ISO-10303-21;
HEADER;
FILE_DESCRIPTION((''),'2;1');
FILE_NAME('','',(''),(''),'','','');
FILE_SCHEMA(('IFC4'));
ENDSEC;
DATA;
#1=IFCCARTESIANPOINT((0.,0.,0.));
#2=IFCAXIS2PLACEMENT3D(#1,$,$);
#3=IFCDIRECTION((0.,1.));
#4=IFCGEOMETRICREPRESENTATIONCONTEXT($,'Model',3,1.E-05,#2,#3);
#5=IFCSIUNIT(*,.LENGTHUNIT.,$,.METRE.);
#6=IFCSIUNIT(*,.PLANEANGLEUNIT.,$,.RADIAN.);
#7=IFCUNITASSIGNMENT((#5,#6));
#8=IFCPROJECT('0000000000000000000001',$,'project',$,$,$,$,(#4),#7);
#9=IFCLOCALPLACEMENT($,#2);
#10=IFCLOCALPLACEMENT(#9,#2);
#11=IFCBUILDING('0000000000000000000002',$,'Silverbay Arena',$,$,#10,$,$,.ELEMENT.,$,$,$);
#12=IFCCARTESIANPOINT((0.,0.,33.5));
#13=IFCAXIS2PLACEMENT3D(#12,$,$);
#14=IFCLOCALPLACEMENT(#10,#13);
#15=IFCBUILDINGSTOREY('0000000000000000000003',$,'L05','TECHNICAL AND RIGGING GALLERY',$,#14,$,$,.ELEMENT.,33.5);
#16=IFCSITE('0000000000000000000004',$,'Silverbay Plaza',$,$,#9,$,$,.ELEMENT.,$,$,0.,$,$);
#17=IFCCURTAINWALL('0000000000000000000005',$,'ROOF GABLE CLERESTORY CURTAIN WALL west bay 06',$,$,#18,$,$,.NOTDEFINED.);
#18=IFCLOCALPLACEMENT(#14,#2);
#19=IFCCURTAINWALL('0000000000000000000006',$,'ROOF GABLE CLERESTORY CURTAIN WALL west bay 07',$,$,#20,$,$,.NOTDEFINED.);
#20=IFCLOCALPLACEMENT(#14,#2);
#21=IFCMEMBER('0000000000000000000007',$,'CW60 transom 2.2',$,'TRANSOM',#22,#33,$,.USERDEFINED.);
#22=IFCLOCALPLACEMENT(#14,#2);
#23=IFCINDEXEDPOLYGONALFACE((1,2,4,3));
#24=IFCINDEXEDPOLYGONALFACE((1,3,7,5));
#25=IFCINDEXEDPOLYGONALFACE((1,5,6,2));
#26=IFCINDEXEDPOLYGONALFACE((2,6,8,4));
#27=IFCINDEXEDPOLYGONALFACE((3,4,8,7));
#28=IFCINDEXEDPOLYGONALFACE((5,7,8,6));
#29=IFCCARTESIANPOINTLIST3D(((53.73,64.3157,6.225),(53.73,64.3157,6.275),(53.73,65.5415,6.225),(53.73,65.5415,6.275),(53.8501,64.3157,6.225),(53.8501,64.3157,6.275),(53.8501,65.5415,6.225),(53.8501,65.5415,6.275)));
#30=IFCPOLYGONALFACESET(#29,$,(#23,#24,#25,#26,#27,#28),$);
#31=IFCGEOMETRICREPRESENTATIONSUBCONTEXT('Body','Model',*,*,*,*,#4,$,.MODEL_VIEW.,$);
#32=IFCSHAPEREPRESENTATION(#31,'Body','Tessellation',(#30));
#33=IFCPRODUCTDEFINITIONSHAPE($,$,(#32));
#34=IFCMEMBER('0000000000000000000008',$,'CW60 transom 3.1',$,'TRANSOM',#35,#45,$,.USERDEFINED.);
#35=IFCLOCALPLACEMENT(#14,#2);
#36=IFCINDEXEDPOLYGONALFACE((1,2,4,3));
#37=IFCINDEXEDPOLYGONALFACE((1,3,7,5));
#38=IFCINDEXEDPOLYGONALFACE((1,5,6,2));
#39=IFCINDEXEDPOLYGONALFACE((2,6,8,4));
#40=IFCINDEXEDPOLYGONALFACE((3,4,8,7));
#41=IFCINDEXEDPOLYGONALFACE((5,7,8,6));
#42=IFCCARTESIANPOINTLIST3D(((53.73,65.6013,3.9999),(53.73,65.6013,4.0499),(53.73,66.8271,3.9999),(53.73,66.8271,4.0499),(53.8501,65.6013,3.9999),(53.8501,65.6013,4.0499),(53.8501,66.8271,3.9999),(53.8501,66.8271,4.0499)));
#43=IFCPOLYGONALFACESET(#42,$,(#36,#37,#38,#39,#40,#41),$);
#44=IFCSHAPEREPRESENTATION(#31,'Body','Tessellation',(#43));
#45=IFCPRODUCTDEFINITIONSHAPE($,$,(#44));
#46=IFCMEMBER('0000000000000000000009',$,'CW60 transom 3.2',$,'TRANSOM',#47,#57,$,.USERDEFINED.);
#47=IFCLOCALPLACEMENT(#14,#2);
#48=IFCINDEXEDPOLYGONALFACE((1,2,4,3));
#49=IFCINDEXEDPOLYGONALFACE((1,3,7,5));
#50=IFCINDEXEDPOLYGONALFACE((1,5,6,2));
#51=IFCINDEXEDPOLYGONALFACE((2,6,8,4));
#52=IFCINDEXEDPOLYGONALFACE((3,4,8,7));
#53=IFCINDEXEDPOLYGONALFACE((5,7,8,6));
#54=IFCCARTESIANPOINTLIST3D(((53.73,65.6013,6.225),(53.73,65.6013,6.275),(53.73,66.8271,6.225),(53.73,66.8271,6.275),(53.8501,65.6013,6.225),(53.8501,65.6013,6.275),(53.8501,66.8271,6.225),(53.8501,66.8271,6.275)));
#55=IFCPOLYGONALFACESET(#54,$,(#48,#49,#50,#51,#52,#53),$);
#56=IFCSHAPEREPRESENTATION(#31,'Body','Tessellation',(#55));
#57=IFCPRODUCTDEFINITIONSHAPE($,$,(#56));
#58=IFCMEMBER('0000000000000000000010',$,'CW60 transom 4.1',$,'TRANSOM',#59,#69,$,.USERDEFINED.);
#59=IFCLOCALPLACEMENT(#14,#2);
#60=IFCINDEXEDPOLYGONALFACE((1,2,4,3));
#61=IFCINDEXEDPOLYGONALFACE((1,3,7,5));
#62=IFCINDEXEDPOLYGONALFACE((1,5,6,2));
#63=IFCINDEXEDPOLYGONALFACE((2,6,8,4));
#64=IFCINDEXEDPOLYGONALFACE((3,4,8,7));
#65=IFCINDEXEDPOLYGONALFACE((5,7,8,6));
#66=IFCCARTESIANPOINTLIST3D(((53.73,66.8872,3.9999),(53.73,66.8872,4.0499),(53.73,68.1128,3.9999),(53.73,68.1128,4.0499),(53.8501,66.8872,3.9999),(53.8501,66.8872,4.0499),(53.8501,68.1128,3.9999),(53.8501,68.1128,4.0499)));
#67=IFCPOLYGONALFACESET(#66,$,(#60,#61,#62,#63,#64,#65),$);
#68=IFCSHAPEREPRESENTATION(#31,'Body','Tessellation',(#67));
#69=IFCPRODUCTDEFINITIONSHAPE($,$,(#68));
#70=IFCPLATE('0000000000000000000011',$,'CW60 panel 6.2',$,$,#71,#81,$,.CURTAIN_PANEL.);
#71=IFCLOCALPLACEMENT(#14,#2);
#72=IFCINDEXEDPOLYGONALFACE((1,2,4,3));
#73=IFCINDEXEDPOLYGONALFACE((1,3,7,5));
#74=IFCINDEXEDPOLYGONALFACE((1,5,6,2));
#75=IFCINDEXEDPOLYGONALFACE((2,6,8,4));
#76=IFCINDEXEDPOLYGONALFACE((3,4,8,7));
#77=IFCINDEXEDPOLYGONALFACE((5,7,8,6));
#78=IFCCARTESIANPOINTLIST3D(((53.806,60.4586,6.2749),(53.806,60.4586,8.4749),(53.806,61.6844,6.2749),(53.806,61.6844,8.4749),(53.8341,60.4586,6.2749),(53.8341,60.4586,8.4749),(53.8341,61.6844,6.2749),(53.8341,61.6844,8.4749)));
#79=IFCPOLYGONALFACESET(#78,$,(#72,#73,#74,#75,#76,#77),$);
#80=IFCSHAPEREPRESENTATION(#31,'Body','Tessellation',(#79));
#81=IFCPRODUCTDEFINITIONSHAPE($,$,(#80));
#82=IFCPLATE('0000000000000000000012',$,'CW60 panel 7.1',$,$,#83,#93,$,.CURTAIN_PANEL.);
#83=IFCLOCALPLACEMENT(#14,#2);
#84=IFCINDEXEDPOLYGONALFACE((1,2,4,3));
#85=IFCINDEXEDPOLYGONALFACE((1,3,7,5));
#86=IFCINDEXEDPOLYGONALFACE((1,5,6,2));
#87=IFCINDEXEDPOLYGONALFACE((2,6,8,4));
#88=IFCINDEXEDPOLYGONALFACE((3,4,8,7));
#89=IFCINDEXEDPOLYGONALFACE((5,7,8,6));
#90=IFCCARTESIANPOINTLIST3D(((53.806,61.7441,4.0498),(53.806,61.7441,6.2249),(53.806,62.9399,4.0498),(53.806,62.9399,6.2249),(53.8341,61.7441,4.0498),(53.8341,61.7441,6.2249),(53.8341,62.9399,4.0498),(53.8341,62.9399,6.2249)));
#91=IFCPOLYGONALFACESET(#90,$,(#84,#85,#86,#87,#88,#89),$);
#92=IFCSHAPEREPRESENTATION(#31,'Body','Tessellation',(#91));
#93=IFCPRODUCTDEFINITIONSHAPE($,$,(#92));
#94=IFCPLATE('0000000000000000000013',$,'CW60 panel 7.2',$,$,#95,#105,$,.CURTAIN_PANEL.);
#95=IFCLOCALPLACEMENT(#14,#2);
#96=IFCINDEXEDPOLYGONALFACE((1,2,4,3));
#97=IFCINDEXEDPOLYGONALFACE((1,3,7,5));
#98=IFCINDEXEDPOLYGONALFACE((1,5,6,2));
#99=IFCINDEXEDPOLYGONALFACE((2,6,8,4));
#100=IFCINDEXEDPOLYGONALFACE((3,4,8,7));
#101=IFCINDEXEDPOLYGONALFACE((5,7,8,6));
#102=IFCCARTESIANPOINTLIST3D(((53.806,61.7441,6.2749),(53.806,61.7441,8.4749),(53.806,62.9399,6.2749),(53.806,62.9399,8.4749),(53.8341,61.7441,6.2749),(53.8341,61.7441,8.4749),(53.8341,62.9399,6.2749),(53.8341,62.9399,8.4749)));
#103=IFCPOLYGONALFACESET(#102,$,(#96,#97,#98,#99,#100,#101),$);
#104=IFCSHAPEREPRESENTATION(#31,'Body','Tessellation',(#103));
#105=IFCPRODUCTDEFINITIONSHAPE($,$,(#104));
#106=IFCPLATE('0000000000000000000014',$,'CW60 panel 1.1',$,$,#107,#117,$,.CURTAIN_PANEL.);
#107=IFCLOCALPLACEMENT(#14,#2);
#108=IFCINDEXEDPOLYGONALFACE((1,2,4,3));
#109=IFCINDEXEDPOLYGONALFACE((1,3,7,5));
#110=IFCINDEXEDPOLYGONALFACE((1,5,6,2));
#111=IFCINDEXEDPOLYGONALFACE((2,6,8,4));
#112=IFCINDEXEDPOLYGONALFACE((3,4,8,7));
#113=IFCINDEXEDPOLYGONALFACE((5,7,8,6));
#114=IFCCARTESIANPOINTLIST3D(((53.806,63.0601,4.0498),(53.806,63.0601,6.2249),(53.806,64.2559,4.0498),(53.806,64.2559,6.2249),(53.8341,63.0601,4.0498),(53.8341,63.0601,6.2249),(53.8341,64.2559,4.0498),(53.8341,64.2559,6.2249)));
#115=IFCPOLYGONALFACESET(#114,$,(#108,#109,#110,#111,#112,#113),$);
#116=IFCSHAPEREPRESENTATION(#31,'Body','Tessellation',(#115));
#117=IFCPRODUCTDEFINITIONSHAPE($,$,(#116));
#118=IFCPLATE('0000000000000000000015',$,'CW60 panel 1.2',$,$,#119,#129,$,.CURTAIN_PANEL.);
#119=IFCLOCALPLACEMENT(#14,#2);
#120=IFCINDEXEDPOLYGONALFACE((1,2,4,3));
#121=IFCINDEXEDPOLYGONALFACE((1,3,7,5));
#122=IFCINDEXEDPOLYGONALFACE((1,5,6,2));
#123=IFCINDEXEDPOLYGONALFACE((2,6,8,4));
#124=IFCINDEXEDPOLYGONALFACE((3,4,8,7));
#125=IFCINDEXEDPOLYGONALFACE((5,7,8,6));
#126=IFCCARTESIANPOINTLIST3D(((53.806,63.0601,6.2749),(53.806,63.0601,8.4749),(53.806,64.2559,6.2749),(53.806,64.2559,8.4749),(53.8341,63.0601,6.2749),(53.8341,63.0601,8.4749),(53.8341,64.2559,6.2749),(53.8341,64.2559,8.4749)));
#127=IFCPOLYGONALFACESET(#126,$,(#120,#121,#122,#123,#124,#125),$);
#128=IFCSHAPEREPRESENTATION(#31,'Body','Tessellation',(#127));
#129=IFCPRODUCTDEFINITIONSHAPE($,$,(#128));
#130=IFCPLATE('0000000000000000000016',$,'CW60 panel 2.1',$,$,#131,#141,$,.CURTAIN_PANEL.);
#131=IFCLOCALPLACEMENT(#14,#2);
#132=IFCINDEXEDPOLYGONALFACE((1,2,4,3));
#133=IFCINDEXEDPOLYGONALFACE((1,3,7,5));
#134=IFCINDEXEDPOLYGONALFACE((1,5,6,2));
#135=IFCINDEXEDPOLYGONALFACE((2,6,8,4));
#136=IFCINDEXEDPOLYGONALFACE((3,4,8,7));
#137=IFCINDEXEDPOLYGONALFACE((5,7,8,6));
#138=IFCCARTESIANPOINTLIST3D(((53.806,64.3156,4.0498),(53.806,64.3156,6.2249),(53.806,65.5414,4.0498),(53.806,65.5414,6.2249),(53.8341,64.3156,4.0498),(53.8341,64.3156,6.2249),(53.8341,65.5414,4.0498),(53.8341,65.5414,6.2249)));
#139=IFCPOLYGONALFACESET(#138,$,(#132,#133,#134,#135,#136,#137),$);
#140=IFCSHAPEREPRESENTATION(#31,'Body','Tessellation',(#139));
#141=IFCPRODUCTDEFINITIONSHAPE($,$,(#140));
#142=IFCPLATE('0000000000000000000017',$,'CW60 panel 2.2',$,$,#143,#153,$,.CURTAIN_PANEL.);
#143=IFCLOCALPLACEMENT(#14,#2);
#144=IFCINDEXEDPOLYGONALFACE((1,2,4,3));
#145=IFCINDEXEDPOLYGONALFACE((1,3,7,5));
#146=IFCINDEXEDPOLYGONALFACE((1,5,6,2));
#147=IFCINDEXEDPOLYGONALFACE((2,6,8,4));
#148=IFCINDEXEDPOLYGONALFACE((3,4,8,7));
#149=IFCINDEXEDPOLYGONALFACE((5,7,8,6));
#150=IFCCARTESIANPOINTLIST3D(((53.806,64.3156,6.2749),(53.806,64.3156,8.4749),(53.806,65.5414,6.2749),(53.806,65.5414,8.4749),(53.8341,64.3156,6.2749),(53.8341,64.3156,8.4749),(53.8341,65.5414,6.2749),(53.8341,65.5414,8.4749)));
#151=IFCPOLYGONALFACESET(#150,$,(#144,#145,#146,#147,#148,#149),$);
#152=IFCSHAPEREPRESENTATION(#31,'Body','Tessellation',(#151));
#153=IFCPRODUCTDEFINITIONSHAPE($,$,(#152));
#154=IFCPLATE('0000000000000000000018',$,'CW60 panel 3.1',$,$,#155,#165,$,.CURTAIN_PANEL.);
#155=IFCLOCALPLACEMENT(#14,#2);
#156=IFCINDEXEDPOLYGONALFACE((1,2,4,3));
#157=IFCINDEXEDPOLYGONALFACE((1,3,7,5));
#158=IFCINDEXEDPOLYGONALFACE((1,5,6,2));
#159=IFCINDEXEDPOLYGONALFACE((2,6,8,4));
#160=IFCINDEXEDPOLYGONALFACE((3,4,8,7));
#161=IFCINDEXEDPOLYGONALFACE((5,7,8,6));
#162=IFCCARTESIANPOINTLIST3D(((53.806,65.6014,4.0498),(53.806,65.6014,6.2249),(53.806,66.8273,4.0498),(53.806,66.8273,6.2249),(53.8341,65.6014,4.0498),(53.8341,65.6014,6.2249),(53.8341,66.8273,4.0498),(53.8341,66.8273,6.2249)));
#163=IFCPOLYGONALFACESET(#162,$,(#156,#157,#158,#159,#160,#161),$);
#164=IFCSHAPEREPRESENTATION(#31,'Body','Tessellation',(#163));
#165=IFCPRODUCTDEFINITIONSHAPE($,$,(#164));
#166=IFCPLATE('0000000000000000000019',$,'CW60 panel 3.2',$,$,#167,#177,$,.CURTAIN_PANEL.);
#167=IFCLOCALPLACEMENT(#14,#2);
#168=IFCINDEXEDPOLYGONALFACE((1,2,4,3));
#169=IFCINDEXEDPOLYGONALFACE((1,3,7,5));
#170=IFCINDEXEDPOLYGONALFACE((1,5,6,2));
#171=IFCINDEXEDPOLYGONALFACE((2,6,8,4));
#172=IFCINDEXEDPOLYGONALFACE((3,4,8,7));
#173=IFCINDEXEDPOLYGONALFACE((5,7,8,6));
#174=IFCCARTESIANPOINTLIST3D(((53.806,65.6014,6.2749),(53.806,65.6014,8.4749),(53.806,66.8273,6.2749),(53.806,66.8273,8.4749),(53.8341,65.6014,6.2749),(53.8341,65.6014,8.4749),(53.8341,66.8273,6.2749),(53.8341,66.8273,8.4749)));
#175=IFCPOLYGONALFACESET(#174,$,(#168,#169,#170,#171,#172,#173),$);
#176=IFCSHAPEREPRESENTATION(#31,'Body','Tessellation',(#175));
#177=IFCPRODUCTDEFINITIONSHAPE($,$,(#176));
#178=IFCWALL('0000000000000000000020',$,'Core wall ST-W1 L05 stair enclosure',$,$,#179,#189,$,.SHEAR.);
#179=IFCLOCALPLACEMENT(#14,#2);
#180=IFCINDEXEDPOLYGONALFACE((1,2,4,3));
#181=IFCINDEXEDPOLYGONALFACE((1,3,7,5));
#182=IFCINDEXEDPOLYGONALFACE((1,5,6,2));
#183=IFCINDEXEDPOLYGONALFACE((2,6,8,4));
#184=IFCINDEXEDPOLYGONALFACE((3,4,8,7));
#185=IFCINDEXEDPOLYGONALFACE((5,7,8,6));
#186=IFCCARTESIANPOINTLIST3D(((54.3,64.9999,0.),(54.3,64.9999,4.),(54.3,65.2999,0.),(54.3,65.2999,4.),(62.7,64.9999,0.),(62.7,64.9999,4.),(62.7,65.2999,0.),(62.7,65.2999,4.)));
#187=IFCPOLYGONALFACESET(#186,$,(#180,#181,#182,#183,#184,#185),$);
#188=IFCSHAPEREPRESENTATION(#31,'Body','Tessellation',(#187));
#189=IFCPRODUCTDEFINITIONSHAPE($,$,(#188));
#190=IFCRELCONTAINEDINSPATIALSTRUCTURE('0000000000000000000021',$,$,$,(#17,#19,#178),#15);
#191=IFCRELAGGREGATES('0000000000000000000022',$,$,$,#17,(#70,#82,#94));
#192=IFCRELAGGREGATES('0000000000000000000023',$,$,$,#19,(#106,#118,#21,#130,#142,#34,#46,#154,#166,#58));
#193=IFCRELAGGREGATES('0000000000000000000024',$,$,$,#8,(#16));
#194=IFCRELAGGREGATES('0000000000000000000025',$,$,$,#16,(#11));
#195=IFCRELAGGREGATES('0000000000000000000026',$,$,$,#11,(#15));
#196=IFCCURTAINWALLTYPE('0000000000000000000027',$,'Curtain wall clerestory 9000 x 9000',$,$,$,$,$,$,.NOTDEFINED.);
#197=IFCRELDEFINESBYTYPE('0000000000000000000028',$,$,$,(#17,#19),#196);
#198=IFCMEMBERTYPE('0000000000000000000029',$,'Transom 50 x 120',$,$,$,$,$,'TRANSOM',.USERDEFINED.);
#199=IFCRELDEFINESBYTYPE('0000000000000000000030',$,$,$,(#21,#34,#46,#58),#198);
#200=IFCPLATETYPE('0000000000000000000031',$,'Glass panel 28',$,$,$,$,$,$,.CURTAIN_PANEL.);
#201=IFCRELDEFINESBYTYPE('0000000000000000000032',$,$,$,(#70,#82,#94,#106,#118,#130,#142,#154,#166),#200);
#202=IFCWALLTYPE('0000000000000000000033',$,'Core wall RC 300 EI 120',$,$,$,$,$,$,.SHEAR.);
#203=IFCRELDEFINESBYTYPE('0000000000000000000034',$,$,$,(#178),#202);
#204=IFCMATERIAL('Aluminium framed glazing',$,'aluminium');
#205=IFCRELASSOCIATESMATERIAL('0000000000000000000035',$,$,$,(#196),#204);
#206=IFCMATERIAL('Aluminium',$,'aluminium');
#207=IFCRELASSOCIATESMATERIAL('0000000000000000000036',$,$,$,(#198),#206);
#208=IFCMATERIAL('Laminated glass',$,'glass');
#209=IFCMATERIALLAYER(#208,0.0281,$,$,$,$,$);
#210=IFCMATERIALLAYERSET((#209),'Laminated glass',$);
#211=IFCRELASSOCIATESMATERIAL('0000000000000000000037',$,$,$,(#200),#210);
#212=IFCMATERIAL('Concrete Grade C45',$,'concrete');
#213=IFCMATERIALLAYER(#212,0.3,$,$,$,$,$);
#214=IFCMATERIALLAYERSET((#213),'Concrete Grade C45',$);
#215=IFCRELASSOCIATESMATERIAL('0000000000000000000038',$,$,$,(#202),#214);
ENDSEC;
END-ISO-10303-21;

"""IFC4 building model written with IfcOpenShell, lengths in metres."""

from ifc_helpers import new_model, si_unit, direction, frame, frame_2d, origin, origin_2d, place, context, subcontext, project, spatial, rectangle, extrude, material, layer, layer_set, material_profile, profile_set, type_object, element, aggregate, save


model = new_model("IFC4")

# Units and contexts
model_context = context("Model", 3, precision=1e-05, world=origin(), true_north=direction((0.0, 1.0)))
body_context = subcontext(model_context, "Body", "Model", "MODEL_VIEW")
ifc_project = project(units=[si_unit("LENGTHUNIT", "METRE"), si_unit("PLANEANGLEUNIT", "RADIAN")], contexts=[model_context])

# Site, building, storey
site_placement = place(None, origin())
site = spatial("IfcSite", under=ifc_project, at=site_placement, Name="Silverbay Plaza", CompositionType="ELEMENT", RefElevation=0.0)
building_placement = place(site_placement, origin())
building = spatial("IfcBuilding", under=site, at=building_placement, Name="Silverbay Arena", CompositionType="ELEMENT")
storey_placement = place(building_placement, frame((0.0, 0.0, 33.5)))
storey = spatial("IfcBuildingStorey", under=building, at=storey_placement, Name="L05", Description="TECHNICAL AND RIGGING GALLERY", CompositionType="ELEMENT", Elevation=33.5)

# Curtain walls
ifc_material_1 = material(Name="Aluminium framed glazing", Category="aluminium")
curtain_wall_type = type_object("IfcCurtainWallType", Name="Curtain wall clerestory 9000 x 9000", PredefinedType="NOTDEFINED", material=ifc_material_1)
curtain_wall_1_placement = place(storey_placement, origin())
curtain_wall_1 = element("IfcCurtainWall", 1, at=curtain_wall_1_placement, inside=storey, type_object=curtain_wall_type, Name="ROOF GABLE CLERESTORY CURTAIN WALL west bay 06", PredefinedType="NOTDEFINED")
curtain_wall_2_placement = place(storey_placement, origin())
curtain_wall_2 = element("IfcCurtainWall", 2, at=curtain_wall_2_placement, inside=storey, type_object=curtain_wall_type, Name="ROOF GABLE CLERESTORY CURTAIN WALL west bay 07", PredefinedType="NOTDEFINED")

# Members
ifc_material_2 = material(Name="Aluminium", Category="aluminium")
ifc_material_profile_1 = material_profile(ifc_material_2, rectangle(XDim=0.1201, YDim=0.05, at=origin_2d()), Name="Transom 50 x 120")
ifc_profile_set_1 = profile_set([ifc_material_profile_1], Name="Aluminium")
member_type_1 = type_object("IfcMemberType", Name="Transom 50 x 120", ElementType="TRANSOM", PredefinedType="USERDEFINED", material=ifc_profile_set_1)
member_1_placement = place(storey_placement, frame((53.79, 64.3157, 6.25), z_axis=(0.0, 1.0, 0.0), x_axis=(-1.0, 0.0, 0.0)))
member_1 = element("IfcMember", 3, at=member_1_placement, type_object=member_type_1, Name="CW60 transom 2.2", ObjectType="TRANSOM", PredefinedType="USERDEFINED", context=body_context, shape_type="SweptSolid", body=[
    extrude(rectangle(XDim=0.1201, YDim=0.05, at=origin_2d()), origin(), (0.0, 0.0, 1.0), 1.2258),
])
member_2_placement = place(storey_placement, frame((53.79, 65.6013, 4.0249), z_axis=(0.0, 1.0, 0.0), x_axis=(-1.0, 0.0, 0.0)))
member_2 = element("IfcMember", 4, at=member_2_placement, type_object=member_type_1, Name="CW60 transom 3.1", ObjectType="TRANSOM", PredefinedType="USERDEFINED", context=body_context, shape_type="SweptSolid", body=[
    extrude(rectangle(XDim=0.1201, YDim=0.05, at=origin_2d()), origin(), (0.0, 0.0, 1.0), 1.2258),
])
member_3_placement = place(storey_placement, frame((53.79, 65.6013, 6.25), z_axis=(0.0, 1.0, 0.0), x_axis=(-1.0, 0.0, 0.0)))
member_3 = element("IfcMember", 5, at=member_3_placement, type_object=member_type_1, Name="CW60 transom 3.2", ObjectType="TRANSOM", PredefinedType="USERDEFINED", context=body_context, shape_type="SweptSolid", body=[
    extrude(rectangle(XDim=0.1201, YDim=0.05, at=origin_2d()), origin(), (0.0, 0.0, 1.0), 1.2258),
])
member_4_placement = place(storey_placement, frame((53.79, 66.8872, 4.0249), z_axis=(0.0, 1.0, 0.0), x_axis=(-1.0, 0.0, 0.0)))
member_4 = element("IfcMember", 6, at=member_4_placement, type_object=member_type_1, Name="CW60 transom 4.1", ObjectType="TRANSOM", PredefinedType="USERDEFINED", context=body_context, shape_type="SweptSolid", body=[
    extrude(rectangle(XDim=0.1201, YDim=0.05, at=origin_2d()), origin(), (0.0, 0.0, 1.0), 1.2256),
])

# Plates
ifc_material_3 = material(Name="Laminated glass", Category="glass")
ifc_layer_1 = layer(ifc_material_3, 0.0281)
ifc_layer_set_1 = layer_set([ifc_layer_1], Name="Laminated glass")
plate_type = type_object("IfcPlateType", Name="Glass panel 28", PredefinedType="CURTAIN_PANEL", material=ifc_layer_set_1)
plate_1_placement = place(storey_placement, frame((53.8201, 61.0715, 6.2749), z_axis=(0.0, 0.0, 1.0), x_axis=(0.0, 1.0, 0.0)))
plate_1 = element("IfcPlate", 7, at=plate_1_placement, type_object=plate_type, Name="CW60 panel 6.2", PredefinedType="CURTAIN_PANEL", context=body_context, shape_type="SweptSolid", body=[
    extrude(rectangle(XDim=1.2258, YDim=0.0281, at=origin_2d()), origin(), (0.0, 0.0, 1.0), 2.2),
])
plate_2_placement = place(storey_placement, frame((53.8201, 62.342, 4.0498), z_axis=(0.0, 0.0, 1.0), x_axis=(0.0, 1.0, 0.0)))
plate_2 = element("IfcPlate", 8, at=plate_2_placement, type_object=plate_type, Name="CW60 panel 7.1", PredefinedType="CURTAIN_PANEL", context=body_context, shape_type="SweptSolid", body=[
    extrude(rectangle(XDim=1.1958, YDim=0.0281, at=origin_2d()), origin(), (0.0, 0.0, 1.0), 2.175),
])
plate_3_placement = place(storey_placement, frame((53.8201, 62.342, 6.2749), z_axis=(0.0, 0.0, 1.0), x_axis=(0.0, 1.0, 0.0)))
plate_3 = element("IfcPlate", 9, at=plate_3_placement, type_object=plate_type, Name="CW60 panel 7.2", PredefinedType="CURTAIN_PANEL", context=body_context, shape_type="SweptSolid", body=[
    extrude(rectangle(XDim=1.1958, YDim=0.0281, at=origin_2d()), origin(), (0.0, 0.0, 1.0), 2.2),
])
aggregate(curtain_wall_1, [plate_1, plate_2, plate_3])
plate_4_placement = place(storey_placement, frame((53.8201, 63.658, 4.0498), z_axis=(0.0, 0.0, 1.0), x_axis=(0.0, 1.0, 0.0)))
plate_4 = element("IfcPlate", 10, at=plate_4_placement, type_object=plate_type, Name="CW60 panel 1.1", PredefinedType="CURTAIN_PANEL", context=body_context, shape_type="SweptSolid", body=[
    extrude(rectangle(XDim=1.1958, YDim=0.0281, at=origin_2d()), origin(), (0.0, 0.0, 1.0), 2.175),
])
plate_5_placement = place(storey_placement, frame((53.8201, 63.658, 6.2749), z_axis=(0.0, 0.0, 1.0), x_axis=(0.0, 1.0, 0.0)))
plate_5 = element("IfcPlate", 11, at=plate_5_placement, type_object=plate_type, Name="CW60 panel 1.2", PredefinedType="CURTAIN_PANEL", context=body_context, shape_type="SweptSolid", body=[
    extrude(rectangle(XDim=1.1958, YDim=0.0281, at=origin_2d()), origin(), (0.0, 0.0, 1.0), 2.2),
])
plate_6_placement = place(storey_placement, frame((53.8201, 64.9285, 4.0498), z_axis=(0.0, 0.0, 1.0), x_axis=(0.0, 1.0, 0.0)))
plate_6 = element("IfcPlate", 12, at=plate_6_placement, type_object=plate_type, Name="CW60 panel 2.1", PredefinedType="CURTAIN_PANEL", context=body_context, shape_type="SweptSolid", body=[
    extrude(rectangle(XDim=1.2258, YDim=0.0281, at=origin_2d()), origin(), (0.0, 0.0, 1.0), 2.175),
])
plate_7_placement = place(storey_placement, frame((53.8201, 64.9285, 6.2749), z_axis=(0.0, 0.0, 1.0), x_axis=(0.0, 1.0, 0.0)))
plate_7 = element("IfcPlate", 13, at=plate_7_placement, type_object=plate_type, Name="CW60 panel 2.2", PredefinedType="CURTAIN_PANEL", context=body_context, shape_type="SweptSolid", body=[
    extrude(rectangle(XDim=1.2258, YDim=0.0281, at=origin_2d()), origin(), (0.0, 0.0, 1.0), 2.2),
])
plate_8_placement = place(storey_placement, frame((53.8201, 66.2144, 4.0498), z_axis=(0.0, 0.0, 1.0), x_axis=(0.0, 1.0, 0.0)))
plate_8 = element("IfcPlate", 14, at=plate_8_placement, type_object=plate_type, Name="CW60 panel 3.1", PredefinedType="CURTAIN_PANEL", context=body_context, shape_type="SweptSolid", body=[
    extrude(rectangle(XDim=1.2258, YDim=0.0281, at=origin_2d()), origin(), (0.0, 0.0, 1.0), 2.175),
])
plate_9_placement = place(storey_placement, frame((53.8201, 66.2144, 6.2749), z_axis=(0.0, 0.0, 1.0), x_axis=(0.0, 1.0, 0.0)))
plate_9 = element("IfcPlate", 15, at=plate_9_placement, type_object=plate_type, Name="CW60 panel 3.2", PredefinedType="CURTAIN_PANEL", context=body_context, shape_type="SweptSolid", body=[
    extrude(rectangle(XDim=1.2258, YDim=0.0281, at=origin_2d()), origin(), (0.0, 0.0, 1.0), 2.2),
])
aggregate(curtain_wall_2, [plate_4, plate_5, member_1, plate_6, plate_7, member_2, member_3, plate_8, plate_9, member_4])

# Wall
ifc_material_4 = material(Name="Concrete Grade C45", Category="concrete")
ifc_layer_2 = layer(ifc_material_4, 0.3)
ifc_layer_set_2 = layer_set([ifc_layer_2], Name="Concrete Grade C45")
wall_type_1 = type_object("IfcWallType", Name="Core wall RC 300 EI 120", PredefinedType="SHEAR", material=ifc_layer_set_2)
wall_1_placement = place(storey_placement, frame((62.7, 65.1499, 0.0), z_axis=(0.0, 0.0, 1.0), x_axis=(-1.0, 0.0, 0.0)))
element("IfcWall", 16, at=wall_1_placement, inside=storey, type_object=wall_type_1, Name="Core wall ST-W1 L05 stair enclosure", PredefinedType="SHEAR", context=body_context, shape_type="SweptSolid", body=[
    extrude(rectangle(XDim=8.3999, YDim=0.3, at=frame_2d((4.2, 0.0))), origin(), (0.0, 0.0, 1.0), 4.0),
])

save(model, "model.ifc")
